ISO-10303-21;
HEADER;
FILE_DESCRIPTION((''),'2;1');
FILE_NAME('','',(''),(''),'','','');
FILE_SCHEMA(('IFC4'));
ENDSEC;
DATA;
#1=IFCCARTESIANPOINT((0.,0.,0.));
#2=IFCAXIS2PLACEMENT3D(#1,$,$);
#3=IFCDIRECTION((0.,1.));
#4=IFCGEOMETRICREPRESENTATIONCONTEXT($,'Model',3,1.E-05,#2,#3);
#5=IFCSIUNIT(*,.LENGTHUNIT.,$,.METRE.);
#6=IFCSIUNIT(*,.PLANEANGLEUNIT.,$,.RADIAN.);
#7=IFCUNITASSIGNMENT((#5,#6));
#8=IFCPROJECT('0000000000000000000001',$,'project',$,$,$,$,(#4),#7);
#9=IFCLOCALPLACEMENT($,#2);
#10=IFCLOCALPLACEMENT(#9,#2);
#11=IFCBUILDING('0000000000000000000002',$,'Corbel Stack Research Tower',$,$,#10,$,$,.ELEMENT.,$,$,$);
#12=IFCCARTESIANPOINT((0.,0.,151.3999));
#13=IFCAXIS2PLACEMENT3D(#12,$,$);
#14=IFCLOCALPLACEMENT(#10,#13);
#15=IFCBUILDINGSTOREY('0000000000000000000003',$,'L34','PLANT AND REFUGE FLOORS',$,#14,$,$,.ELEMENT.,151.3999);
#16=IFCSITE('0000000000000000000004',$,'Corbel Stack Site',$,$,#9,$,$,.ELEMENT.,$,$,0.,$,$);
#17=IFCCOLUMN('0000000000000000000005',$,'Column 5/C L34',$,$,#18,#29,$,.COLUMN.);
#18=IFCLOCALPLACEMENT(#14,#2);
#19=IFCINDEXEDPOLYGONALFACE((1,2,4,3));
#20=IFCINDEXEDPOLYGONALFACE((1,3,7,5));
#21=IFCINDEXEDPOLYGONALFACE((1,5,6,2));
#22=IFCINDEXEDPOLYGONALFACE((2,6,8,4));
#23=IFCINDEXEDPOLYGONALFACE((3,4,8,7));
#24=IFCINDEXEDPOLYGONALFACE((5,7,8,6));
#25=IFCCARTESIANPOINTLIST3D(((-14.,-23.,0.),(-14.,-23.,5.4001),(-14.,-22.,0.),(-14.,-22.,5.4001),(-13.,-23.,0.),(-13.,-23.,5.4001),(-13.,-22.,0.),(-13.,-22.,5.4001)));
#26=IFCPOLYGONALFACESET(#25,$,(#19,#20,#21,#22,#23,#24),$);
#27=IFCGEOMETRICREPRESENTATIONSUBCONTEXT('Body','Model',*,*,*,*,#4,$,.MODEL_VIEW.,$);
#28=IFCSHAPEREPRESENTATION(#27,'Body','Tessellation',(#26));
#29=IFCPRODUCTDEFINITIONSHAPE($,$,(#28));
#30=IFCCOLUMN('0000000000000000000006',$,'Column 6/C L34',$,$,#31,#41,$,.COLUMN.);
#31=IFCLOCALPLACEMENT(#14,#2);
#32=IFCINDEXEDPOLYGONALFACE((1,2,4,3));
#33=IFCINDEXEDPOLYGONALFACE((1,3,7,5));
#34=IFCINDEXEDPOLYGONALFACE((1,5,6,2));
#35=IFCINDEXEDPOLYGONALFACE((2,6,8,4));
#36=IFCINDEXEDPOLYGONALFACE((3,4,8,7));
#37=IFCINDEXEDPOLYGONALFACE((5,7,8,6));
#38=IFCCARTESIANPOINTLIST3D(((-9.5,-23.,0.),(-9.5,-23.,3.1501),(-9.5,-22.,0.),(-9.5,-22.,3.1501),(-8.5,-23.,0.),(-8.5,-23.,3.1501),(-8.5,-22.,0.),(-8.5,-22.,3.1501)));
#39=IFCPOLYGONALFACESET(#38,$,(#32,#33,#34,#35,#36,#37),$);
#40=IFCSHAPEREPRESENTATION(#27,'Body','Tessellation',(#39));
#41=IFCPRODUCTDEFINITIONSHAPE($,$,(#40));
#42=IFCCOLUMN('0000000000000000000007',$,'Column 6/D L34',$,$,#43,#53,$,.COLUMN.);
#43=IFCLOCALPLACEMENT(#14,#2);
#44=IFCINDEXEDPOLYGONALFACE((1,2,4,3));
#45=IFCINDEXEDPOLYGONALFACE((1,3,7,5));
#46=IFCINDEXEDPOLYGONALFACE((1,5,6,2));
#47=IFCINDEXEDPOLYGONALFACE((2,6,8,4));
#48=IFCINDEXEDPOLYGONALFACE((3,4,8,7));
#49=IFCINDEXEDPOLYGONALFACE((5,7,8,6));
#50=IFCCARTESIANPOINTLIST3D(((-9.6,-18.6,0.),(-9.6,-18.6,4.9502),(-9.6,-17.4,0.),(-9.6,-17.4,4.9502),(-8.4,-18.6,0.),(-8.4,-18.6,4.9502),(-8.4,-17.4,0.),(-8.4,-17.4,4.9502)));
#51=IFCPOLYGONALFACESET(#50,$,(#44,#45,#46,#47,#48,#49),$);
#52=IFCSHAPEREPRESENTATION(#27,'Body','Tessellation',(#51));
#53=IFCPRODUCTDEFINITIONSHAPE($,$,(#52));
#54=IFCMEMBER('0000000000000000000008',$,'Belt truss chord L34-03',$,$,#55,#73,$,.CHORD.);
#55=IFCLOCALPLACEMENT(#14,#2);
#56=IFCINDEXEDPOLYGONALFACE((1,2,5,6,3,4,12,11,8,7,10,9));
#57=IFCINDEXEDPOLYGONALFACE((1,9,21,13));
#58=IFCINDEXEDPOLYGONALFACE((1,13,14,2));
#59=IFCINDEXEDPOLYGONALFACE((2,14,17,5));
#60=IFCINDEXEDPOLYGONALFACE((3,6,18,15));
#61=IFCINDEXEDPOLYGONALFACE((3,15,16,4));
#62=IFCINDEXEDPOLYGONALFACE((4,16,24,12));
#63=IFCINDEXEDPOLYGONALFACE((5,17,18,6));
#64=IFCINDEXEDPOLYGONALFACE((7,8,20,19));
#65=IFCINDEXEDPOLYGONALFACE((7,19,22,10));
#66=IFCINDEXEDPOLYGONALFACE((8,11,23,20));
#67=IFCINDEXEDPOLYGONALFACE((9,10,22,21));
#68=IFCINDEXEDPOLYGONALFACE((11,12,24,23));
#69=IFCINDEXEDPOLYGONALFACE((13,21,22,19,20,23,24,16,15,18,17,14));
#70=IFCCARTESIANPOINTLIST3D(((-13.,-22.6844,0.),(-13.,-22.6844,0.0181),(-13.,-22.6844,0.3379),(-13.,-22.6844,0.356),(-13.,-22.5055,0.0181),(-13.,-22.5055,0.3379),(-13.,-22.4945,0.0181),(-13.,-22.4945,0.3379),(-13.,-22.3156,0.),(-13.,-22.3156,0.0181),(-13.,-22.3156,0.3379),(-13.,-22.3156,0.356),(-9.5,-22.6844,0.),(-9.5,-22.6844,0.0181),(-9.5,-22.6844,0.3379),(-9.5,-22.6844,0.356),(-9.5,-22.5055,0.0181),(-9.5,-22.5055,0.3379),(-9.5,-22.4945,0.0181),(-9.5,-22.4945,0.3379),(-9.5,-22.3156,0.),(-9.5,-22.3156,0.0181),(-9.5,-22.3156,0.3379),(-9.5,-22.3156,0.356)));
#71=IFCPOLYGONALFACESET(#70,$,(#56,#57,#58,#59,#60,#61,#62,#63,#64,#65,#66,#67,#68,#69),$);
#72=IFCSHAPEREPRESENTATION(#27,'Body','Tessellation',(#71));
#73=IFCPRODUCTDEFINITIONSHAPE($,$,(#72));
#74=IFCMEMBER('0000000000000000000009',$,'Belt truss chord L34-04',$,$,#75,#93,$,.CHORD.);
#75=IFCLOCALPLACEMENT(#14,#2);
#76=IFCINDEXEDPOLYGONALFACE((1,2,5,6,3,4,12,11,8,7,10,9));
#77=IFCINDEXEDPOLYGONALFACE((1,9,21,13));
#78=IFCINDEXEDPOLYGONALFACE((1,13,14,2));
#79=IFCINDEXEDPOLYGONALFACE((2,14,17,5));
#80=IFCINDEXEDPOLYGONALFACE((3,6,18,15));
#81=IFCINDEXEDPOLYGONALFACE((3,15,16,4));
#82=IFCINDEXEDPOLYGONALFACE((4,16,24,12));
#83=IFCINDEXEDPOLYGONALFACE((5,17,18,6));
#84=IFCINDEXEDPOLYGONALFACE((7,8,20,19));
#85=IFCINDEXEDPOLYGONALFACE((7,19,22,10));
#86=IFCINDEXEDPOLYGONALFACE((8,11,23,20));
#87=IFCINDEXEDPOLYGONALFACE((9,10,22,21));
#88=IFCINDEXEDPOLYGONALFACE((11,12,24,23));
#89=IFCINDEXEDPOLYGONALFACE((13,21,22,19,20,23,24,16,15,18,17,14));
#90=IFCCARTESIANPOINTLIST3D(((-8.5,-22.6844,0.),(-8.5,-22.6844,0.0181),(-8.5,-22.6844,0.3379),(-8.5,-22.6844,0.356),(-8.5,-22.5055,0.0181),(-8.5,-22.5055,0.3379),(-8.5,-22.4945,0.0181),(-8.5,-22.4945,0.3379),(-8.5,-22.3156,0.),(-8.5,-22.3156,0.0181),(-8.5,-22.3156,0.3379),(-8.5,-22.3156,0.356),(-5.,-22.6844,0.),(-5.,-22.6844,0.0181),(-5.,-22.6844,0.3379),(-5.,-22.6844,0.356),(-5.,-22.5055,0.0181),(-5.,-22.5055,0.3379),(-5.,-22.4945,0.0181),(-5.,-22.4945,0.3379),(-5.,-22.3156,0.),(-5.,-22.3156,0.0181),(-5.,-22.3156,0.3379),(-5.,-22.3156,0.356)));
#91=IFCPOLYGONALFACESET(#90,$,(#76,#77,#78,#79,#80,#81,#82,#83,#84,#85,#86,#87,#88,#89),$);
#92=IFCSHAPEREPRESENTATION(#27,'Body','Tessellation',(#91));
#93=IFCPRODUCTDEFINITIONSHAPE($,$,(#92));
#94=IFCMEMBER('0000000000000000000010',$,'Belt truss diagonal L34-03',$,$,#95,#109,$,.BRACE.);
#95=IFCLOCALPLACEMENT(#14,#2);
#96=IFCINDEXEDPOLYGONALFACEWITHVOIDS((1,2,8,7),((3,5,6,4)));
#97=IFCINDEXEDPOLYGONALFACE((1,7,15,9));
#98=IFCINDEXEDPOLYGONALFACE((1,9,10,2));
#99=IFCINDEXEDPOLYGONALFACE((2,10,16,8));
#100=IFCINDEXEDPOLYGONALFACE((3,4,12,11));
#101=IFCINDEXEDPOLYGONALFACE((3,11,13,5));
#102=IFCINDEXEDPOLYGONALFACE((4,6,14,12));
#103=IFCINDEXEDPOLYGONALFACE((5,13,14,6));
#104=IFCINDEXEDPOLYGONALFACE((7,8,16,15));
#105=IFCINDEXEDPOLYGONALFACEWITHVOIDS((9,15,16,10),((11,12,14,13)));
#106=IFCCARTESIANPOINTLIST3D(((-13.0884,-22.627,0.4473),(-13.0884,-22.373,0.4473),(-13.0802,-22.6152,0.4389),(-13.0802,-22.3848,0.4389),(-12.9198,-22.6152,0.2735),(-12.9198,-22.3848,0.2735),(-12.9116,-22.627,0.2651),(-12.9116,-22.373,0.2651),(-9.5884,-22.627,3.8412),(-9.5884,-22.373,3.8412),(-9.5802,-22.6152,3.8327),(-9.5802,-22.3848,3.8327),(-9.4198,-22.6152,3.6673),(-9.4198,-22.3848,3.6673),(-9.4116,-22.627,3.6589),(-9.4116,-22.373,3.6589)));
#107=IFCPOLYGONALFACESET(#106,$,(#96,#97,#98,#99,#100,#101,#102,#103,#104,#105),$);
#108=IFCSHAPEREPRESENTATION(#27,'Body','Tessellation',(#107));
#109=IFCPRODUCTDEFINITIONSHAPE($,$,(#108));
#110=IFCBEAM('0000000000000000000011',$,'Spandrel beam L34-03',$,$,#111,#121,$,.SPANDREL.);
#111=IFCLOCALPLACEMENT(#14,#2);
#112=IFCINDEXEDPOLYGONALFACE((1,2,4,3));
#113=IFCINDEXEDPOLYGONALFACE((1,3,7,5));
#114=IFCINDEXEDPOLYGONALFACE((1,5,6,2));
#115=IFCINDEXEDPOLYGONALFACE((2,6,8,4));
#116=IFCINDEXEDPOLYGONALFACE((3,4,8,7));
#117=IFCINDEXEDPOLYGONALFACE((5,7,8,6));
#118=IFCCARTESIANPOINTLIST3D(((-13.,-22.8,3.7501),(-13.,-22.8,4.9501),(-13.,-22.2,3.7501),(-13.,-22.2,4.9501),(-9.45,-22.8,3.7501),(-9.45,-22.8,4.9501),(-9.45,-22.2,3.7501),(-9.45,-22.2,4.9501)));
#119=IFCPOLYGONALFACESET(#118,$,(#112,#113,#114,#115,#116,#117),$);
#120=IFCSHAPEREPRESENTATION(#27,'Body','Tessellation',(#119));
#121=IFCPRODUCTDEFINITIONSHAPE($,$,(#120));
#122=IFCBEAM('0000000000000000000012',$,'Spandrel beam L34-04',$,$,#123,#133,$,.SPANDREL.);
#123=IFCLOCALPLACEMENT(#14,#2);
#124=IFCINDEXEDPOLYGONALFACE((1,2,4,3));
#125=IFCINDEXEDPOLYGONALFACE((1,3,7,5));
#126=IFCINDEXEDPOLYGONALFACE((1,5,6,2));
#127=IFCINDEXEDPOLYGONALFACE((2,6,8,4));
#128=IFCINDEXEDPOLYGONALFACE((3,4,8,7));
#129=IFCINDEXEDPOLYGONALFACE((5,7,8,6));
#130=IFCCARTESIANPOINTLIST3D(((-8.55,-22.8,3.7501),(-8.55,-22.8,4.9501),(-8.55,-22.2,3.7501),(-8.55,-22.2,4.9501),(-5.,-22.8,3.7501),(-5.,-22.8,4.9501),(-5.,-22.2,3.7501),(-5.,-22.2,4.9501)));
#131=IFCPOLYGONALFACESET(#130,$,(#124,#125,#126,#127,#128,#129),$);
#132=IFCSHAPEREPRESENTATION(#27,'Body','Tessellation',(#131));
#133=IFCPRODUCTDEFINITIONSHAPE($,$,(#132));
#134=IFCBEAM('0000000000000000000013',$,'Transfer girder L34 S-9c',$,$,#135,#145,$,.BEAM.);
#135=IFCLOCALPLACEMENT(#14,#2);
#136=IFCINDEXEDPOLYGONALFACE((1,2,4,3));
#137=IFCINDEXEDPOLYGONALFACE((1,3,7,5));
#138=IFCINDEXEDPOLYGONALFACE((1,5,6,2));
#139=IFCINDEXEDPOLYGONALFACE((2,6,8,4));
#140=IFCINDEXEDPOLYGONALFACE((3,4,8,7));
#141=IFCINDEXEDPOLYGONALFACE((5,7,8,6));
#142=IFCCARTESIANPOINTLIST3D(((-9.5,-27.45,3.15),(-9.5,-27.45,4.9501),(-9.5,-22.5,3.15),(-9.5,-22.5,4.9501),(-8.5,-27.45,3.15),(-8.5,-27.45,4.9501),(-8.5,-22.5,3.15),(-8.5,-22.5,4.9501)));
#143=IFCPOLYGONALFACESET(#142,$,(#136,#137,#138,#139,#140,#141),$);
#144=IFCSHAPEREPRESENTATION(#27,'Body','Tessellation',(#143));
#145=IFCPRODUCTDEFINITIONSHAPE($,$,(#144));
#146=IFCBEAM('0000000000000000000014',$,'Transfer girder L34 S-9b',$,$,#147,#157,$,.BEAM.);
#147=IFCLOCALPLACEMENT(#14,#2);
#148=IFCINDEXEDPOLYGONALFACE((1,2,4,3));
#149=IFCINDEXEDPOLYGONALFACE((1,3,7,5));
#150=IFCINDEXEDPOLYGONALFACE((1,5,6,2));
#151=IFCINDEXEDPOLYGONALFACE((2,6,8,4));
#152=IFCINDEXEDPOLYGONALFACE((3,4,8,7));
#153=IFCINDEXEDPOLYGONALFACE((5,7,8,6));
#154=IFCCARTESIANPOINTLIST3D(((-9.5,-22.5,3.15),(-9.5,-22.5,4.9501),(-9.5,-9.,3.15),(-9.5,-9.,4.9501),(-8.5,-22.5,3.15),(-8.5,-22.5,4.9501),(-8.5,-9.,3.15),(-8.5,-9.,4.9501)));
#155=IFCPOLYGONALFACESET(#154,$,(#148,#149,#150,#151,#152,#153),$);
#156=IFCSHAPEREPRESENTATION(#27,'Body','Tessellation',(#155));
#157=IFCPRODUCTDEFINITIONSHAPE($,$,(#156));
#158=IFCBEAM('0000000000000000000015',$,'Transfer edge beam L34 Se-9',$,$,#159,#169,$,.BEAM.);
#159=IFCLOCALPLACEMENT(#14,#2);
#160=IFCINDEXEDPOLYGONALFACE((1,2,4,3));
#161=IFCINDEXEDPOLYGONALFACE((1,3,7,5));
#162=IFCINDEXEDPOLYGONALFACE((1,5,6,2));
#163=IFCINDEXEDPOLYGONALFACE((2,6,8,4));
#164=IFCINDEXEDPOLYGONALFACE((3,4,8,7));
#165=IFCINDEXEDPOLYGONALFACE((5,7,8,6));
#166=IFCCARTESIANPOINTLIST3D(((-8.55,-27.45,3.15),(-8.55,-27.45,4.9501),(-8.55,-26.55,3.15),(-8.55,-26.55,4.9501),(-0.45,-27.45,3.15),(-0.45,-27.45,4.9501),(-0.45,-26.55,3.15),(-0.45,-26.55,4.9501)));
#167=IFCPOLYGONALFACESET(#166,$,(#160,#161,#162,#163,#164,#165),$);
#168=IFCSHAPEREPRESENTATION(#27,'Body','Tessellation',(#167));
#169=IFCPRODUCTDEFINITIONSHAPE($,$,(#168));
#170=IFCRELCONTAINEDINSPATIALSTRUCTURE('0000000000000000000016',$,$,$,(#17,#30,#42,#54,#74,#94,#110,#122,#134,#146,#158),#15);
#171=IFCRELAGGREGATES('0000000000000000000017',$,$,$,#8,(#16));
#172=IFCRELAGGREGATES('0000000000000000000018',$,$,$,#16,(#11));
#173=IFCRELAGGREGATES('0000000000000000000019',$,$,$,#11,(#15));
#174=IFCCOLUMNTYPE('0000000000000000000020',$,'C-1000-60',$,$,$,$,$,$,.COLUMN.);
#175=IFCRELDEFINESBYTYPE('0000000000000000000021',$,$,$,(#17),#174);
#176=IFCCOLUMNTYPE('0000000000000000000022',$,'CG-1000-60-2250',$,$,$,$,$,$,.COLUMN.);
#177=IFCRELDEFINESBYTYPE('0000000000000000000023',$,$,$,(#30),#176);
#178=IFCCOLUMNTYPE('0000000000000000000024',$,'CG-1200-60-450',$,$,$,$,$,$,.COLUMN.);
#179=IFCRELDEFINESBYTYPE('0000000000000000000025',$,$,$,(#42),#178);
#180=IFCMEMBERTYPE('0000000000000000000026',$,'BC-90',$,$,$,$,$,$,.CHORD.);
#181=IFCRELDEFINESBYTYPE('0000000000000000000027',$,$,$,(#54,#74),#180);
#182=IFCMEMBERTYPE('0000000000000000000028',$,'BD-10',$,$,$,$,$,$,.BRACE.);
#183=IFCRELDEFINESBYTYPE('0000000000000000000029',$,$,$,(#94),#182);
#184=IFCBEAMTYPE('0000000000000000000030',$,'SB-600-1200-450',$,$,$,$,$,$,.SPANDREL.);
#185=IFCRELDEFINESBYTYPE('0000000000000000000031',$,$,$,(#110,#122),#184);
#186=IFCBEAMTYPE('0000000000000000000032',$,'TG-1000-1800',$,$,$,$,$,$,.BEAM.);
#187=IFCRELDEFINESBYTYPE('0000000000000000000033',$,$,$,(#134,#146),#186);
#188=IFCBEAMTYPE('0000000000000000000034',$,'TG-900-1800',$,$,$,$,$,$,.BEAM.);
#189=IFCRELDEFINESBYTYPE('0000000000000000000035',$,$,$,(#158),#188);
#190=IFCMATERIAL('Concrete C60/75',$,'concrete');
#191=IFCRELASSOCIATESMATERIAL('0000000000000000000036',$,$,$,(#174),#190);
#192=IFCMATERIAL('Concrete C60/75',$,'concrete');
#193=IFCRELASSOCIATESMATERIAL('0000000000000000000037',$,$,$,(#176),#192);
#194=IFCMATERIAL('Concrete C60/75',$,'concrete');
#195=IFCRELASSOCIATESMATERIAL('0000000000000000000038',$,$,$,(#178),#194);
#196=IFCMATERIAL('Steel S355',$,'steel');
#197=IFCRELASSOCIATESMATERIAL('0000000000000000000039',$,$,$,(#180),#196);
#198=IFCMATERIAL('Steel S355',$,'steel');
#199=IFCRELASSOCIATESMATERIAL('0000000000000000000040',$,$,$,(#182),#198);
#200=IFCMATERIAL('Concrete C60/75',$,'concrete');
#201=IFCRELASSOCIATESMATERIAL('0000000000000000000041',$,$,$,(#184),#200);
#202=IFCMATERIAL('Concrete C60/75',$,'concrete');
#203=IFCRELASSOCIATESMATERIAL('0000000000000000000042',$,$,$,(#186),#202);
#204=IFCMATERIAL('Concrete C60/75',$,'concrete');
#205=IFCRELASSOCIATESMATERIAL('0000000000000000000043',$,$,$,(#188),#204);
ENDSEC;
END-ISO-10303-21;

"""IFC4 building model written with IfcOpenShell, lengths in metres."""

from ifc_helpers import new_model, si_unit, direction, frame, origin, origin_2d, place, context, subcontext, project, spatial, rectangle, hollow_rectangle, i_section, extrude, material, material_profile, profile_set, type_object, element, save


model = new_model("IFC4")

# Units and contexts
model_context = context("Model", 3, precision=1e-05, world=origin(), true_north=direction((0.0, 1.0)))
body_context = subcontext(model_context, "Body", "Model", "MODEL_VIEW")
ifc_project = project(units=[si_unit("LENGTHUNIT", "METRE"), si_unit("PLANEANGLEUNIT", "RADIAN")], contexts=[model_context])

# Site, building, storey
site_placement = place(None, origin())
site = spatial("IfcSite", under=ifc_project, at=site_placement, Name="Corbel Stack Site", CompositionType="ELEMENT", RefElevation=0.0)
building_placement = place(site_placement, origin())
building = spatial("IfcBuilding", under=site, at=building_placement, Name="Corbel Stack Research Tower", CompositionType="ELEMENT")
storey_placement = place(building_placement, frame((0.0, 0.0, 151.3999)))
storey = spatial("IfcBuildingStorey", under=building, at=storey_placement, Name="L34", Description="PLANT AND REFUGE FLOORS", CompositionType="ELEMENT", Elevation=151.3999)

# Columns
ifc_material_1 = material(Name="Concrete C60/75", Category="concrete")
ifc_material_profile_1 = material_profile(ifc_material_1, rectangle(XDim=1.0, YDim=1.0, at=origin_2d()), Name="RC 1000 x 1000")
ifc_profile_set_1 = profile_set([ifc_material_profile_1], Name="Concrete C60/75")
column_type_1 = type_object("IfcColumnType", Name="C-1000-60", PredefinedType="COLUMN", material=ifc_profile_set_1)
column_1_placement = place(storey_placement, frame((-13.5, -22.5, 0.0), z_axis=(0.0, 0.0, 1.0), x_axis=(1.0, 0.0, 0.0)))
element("IfcColumn", 1, at=column_1_placement, inside=storey, type_object=column_type_1, Name="Column 5/C L34", PredefinedType="COLUMN", context=body_context, shape_type="SweptSolid", body=[
    extrude(rectangle(XDim=1.0, YDim=1.0, at=origin_2d()), origin(), (0.0, 0.0, 1.0), 5.4001),
])
ifc_material_2 = material(Name="Concrete C60/75", Category="concrete")
ifc_material_profile_2 = material_profile(ifc_material_2, rectangle(XDim=1.0, YDim=1.0, at=origin_2d()), Name="RC 1000 x 1000")
ifc_profile_set_2 = profile_set([ifc_material_profile_2], Name="Concrete C60/75")
column_type_2 = type_object("IfcColumnType", Name="CG-1000-60-2250", PredefinedType="COLUMN", material=ifc_profile_set_2)
column_2_placement = place(storey_placement, frame((-9.0, -22.5, 0.0), z_axis=(0.0, 0.0, 1.0), x_axis=(1.0, 0.0, 0.0)))
element("IfcColumn", 2, at=column_2_placement, inside=storey, type_object=column_type_2, Name="Column 6/C L34", PredefinedType="COLUMN", context=body_context, shape_type="SweptSolid", body=[
    extrude(rectangle(XDim=1.0, YDim=1.0, at=origin_2d()), origin(), (0.0, 0.0, 1.0), 3.1501),
])
ifc_material_3 = material(Name="Concrete C60/75", Category="concrete")
ifc_material_profile_3 = material_profile(ifc_material_3, rectangle(XDim=1.2, YDim=1.2, at=origin_2d()), Name="RC 1200 x 1200")
ifc_profile_set_3 = profile_set([ifc_material_profile_3], Name="Concrete C60/75")
column_type_3 = type_object("IfcColumnType", Name="CG-1200-60-450", PredefinedType="COLUMN", material=ifc_profile_set_3)
column_3_placement = place(storey_placement, frame((-9.0, -18.0, 0.0), z_axis=(0.0, 0.0, 1.0), x_axis=(1.0, 0.0, 0.0)))
element("IfcColumn", 3, at=column_3_placement, inside=storey, type_object=column_type_3, Name="Column 6/D L34", PredefinedType="COLUMN", context=body_context, shape_type="SweptSolid", body=[
    extrude(rectangle(XDim=1.2, YDim=1.2, at=origin_2d()), origin(), (0.0, 0.0, 1.0), 4.9502),
])

# Members
ifc_material_4 = material(Name="Steel S355", Category="steel")
ifc_material_profile_4 = material_profile(ifc_material_4, i_section(OverallWidth=0.3689, OverallDepth=0.356, WebThickness=0.011, FlangeThickness=0.0181, at=origin_2d()), Name="W14x90")
ifc_profile_set_4 = profile_set([ifc_material_profile_4], Name="Steel S355")
member_type_1 = type_object("IfcMemberType", Name="BC-90", PredefinedType="CHORD", material=ifc_profile_set_4)
for number, where, z_axis, x_axis, name in (
    (4, (-13.0, -22.5, 0.178), (1.0, 0.0, 0.0), (0.0, 1.0, 0.0), "Belt truss chord L34-03"),
    (5, (-8.5, -22.5, 0.178), (1.0, 0.0, 0.0), (0.0, 1.0, 0.0), "Belt truss chord L34-04"),
):
    element("IfcMember", number, at=place(storey_placement, frame(where, z_axis=z_axis, x_axis=x_axis)), inside=storey, type_object=member_type_1, Name=name, PredefinedType="CHORD", context=body_context, shape_type="SweptSolid", body=[
        extrude(i_section(OverallWidth=0.3689, OverallDepth=0.356, WebThickness=0.011, FlangeThickness=0.0181, at=origin_2d()), origin(), (0.0, 0.0, 1.0), 3.5),
    ])
ifc_material_5 = material(Name="Steel S355", Category="steel")
ifc_material_profile_5 = material_profile(ifc_material_5, hollow_rectangle(XDim=0.2539, YDim=0.2539, WallThickness=0.0117, at=origin_2d()), Name="HSS10x10x1/2")
ifc_profile_set_5 = profile_set([ifc_material_profile_5], Name="Steel S355")
member_type_2 = type_object("IfcMemberType", Name="BD-10", PredefinedType="BRACE", material=ifc_profile_set_5)
member_placement = place(storey_placement, frame((-13.0, -22.5, 0.3562), z_axis=(0.717915, 0.0, 0.696131), x_axis=(0.0, 1.0, 0.0)))
element("IfcMember", 6, at=member_placement, inside=storey, type_object=member_type_2, Name="Belt truss diagonal L34-03", PredefinedType="BRACE", context=body_context, shape_type="SweptSolid", body=[
    extrude(hollow_rectangle(XDim=0.2539, YDim=0.2539, WallThickness=0.0117, at=origin_2d()), origin(), (0.0, 0.0, 1.0), 4.8752),
])

# Beams
ifc_material_6 = material(Name="Concrete C60/75", Category="concrete")
ifc_material_profile_6 = material_profile(ifc_material_6, rectangle(XDim=0.6001, YDim=1.2, at=origin_2d()), Name="RC 600 x 1200")
ifc_profile_set_6 = profile_set([ifc_material_profile_6], Name="Concrete C60/75")
beam_type_1 = type_object("IfcBeamType", Name="SB-600-1200-450", PredefinedType="SPANDREL", material=ifc_profile_set_6)
for number, where, z_axis, x_axis, name in (
    (7, (-13.0, -22.5, 4.3501), (1.0, 0.0, 0.0), (0.0, 1.0, 0.0), "Spandrel beam L34-03"),
    (8, (-8.55, -22.5, 4.3501), (1.0, 0.0, 0.0), (0.0, 1.0, 0.0), "Spandrel beam L34-04"),
):
    element("IfcBeam", number, at=place(storey_placement, frame(where, z_axis=z_axis, x_axis=x_axis)), inside=storey, type_object=beam_type_1, Name=name, PredefinedType="SPANDREL", context=body_context, shape_type="SweptSolid", body=[
        extrude(rectangle(XDim=0.6001, YDim=1.2, at=origin_2d()), origin(), (0.0, 0.0, 1.0), 3.55),
    ])
ifc_material_7 = material(Name="Concrete C60/75", Category="concrete")
ifc_material_profile_7 = material_profile(ifc_material_7, rectangle(XDim=1.0, YDim=1.8, at=origin_2d()), Name="RC 1000 x 1800")
ifc_profile_set_7 = profile_set([ifc_material_profile_7], Name="Concrete C60/75")
beam_type_2 = type_object("IfcBeamType", Name="TG-1000-1800", PredefinedType="BEAM", material=ifc_profile_set_7)
beam_1_placement = place(storey_placement, frame((-9.0, -27.45, 4.05), z_axis=(0.0, 1.0, 0.0), x_axis=(-1.0, 0.0, 0.0)))
element("IfcBeam", 9, at=beam_1_placement, inside=storey, type_object=beam_type_2, Name="Transfer girder L34 S-9c", PredefinedType="BEAM", context=body_context, shape_type="SweptSolid", body=[
    extrude(rectangle(XDim=1.0, YDim=1.8, at=origin_2d()), origin(), (0.0, 0.0, 1.0), 4.95),
])
beam_2_placement = place(storey_placement, frame((-9.0, -22.5, 4.05), z_axis=(0.0, 1.0, 0.0), x_axis=(-1.0, 0.0, 0.0)))
element("IfcBeam", 10, at=beam_2_placement, inside=storey, type_object=beam_type_2, Name="Transfer girder L34 S-9b", PredefinedType="BEAM", context=body_context, shape_type="SweptSolid", body=[
    extrude(rectangle(XDim=1.0, YDim=1.8, at=origin_2d()), origin(), (0.0, 0.0, 1.0), 13.5),
])
ifc_material_8 = material(Name="Concrete C60/75", Category="concrete")
ifc_material_profile_8 = material_profile(ifc_material_8, rectangle(XDim=0.8999, YDim=1.8, at=origin_2d()), Name="RC 900 x 1800")
ifc_profile_set_8 = profile_set([ifc_material_profile_8], Name="Concrete C60/75")
beam_type_3 = type_object("IfcBeamType", Name="TG-900-1800", PredefinedType="BEAM", material=ifc_profile_set_8)
beam_3_placement = place(storey_placement, frame((-8.55, -27.0, 4.05), z_axis=(1.0, 0.0, 0.0), x_axis=(0.0, 1.0, 0.0)))
element("IfcBeam", 11, at=beam_3_placement, inside=storey, type_object=beam_type_3, Name="Transfer edge beam L34 Se-9", PredefinedType="BEAM", context=body_context, shape_type="SweptSolid", body=[
    extrude(rectangle(XDim=0.8999, YDim=1.8, at=origin_2d()), origin(), (0.0, 0.0, 1.0), 8.1001),
])

save(model, "model.ifc")
